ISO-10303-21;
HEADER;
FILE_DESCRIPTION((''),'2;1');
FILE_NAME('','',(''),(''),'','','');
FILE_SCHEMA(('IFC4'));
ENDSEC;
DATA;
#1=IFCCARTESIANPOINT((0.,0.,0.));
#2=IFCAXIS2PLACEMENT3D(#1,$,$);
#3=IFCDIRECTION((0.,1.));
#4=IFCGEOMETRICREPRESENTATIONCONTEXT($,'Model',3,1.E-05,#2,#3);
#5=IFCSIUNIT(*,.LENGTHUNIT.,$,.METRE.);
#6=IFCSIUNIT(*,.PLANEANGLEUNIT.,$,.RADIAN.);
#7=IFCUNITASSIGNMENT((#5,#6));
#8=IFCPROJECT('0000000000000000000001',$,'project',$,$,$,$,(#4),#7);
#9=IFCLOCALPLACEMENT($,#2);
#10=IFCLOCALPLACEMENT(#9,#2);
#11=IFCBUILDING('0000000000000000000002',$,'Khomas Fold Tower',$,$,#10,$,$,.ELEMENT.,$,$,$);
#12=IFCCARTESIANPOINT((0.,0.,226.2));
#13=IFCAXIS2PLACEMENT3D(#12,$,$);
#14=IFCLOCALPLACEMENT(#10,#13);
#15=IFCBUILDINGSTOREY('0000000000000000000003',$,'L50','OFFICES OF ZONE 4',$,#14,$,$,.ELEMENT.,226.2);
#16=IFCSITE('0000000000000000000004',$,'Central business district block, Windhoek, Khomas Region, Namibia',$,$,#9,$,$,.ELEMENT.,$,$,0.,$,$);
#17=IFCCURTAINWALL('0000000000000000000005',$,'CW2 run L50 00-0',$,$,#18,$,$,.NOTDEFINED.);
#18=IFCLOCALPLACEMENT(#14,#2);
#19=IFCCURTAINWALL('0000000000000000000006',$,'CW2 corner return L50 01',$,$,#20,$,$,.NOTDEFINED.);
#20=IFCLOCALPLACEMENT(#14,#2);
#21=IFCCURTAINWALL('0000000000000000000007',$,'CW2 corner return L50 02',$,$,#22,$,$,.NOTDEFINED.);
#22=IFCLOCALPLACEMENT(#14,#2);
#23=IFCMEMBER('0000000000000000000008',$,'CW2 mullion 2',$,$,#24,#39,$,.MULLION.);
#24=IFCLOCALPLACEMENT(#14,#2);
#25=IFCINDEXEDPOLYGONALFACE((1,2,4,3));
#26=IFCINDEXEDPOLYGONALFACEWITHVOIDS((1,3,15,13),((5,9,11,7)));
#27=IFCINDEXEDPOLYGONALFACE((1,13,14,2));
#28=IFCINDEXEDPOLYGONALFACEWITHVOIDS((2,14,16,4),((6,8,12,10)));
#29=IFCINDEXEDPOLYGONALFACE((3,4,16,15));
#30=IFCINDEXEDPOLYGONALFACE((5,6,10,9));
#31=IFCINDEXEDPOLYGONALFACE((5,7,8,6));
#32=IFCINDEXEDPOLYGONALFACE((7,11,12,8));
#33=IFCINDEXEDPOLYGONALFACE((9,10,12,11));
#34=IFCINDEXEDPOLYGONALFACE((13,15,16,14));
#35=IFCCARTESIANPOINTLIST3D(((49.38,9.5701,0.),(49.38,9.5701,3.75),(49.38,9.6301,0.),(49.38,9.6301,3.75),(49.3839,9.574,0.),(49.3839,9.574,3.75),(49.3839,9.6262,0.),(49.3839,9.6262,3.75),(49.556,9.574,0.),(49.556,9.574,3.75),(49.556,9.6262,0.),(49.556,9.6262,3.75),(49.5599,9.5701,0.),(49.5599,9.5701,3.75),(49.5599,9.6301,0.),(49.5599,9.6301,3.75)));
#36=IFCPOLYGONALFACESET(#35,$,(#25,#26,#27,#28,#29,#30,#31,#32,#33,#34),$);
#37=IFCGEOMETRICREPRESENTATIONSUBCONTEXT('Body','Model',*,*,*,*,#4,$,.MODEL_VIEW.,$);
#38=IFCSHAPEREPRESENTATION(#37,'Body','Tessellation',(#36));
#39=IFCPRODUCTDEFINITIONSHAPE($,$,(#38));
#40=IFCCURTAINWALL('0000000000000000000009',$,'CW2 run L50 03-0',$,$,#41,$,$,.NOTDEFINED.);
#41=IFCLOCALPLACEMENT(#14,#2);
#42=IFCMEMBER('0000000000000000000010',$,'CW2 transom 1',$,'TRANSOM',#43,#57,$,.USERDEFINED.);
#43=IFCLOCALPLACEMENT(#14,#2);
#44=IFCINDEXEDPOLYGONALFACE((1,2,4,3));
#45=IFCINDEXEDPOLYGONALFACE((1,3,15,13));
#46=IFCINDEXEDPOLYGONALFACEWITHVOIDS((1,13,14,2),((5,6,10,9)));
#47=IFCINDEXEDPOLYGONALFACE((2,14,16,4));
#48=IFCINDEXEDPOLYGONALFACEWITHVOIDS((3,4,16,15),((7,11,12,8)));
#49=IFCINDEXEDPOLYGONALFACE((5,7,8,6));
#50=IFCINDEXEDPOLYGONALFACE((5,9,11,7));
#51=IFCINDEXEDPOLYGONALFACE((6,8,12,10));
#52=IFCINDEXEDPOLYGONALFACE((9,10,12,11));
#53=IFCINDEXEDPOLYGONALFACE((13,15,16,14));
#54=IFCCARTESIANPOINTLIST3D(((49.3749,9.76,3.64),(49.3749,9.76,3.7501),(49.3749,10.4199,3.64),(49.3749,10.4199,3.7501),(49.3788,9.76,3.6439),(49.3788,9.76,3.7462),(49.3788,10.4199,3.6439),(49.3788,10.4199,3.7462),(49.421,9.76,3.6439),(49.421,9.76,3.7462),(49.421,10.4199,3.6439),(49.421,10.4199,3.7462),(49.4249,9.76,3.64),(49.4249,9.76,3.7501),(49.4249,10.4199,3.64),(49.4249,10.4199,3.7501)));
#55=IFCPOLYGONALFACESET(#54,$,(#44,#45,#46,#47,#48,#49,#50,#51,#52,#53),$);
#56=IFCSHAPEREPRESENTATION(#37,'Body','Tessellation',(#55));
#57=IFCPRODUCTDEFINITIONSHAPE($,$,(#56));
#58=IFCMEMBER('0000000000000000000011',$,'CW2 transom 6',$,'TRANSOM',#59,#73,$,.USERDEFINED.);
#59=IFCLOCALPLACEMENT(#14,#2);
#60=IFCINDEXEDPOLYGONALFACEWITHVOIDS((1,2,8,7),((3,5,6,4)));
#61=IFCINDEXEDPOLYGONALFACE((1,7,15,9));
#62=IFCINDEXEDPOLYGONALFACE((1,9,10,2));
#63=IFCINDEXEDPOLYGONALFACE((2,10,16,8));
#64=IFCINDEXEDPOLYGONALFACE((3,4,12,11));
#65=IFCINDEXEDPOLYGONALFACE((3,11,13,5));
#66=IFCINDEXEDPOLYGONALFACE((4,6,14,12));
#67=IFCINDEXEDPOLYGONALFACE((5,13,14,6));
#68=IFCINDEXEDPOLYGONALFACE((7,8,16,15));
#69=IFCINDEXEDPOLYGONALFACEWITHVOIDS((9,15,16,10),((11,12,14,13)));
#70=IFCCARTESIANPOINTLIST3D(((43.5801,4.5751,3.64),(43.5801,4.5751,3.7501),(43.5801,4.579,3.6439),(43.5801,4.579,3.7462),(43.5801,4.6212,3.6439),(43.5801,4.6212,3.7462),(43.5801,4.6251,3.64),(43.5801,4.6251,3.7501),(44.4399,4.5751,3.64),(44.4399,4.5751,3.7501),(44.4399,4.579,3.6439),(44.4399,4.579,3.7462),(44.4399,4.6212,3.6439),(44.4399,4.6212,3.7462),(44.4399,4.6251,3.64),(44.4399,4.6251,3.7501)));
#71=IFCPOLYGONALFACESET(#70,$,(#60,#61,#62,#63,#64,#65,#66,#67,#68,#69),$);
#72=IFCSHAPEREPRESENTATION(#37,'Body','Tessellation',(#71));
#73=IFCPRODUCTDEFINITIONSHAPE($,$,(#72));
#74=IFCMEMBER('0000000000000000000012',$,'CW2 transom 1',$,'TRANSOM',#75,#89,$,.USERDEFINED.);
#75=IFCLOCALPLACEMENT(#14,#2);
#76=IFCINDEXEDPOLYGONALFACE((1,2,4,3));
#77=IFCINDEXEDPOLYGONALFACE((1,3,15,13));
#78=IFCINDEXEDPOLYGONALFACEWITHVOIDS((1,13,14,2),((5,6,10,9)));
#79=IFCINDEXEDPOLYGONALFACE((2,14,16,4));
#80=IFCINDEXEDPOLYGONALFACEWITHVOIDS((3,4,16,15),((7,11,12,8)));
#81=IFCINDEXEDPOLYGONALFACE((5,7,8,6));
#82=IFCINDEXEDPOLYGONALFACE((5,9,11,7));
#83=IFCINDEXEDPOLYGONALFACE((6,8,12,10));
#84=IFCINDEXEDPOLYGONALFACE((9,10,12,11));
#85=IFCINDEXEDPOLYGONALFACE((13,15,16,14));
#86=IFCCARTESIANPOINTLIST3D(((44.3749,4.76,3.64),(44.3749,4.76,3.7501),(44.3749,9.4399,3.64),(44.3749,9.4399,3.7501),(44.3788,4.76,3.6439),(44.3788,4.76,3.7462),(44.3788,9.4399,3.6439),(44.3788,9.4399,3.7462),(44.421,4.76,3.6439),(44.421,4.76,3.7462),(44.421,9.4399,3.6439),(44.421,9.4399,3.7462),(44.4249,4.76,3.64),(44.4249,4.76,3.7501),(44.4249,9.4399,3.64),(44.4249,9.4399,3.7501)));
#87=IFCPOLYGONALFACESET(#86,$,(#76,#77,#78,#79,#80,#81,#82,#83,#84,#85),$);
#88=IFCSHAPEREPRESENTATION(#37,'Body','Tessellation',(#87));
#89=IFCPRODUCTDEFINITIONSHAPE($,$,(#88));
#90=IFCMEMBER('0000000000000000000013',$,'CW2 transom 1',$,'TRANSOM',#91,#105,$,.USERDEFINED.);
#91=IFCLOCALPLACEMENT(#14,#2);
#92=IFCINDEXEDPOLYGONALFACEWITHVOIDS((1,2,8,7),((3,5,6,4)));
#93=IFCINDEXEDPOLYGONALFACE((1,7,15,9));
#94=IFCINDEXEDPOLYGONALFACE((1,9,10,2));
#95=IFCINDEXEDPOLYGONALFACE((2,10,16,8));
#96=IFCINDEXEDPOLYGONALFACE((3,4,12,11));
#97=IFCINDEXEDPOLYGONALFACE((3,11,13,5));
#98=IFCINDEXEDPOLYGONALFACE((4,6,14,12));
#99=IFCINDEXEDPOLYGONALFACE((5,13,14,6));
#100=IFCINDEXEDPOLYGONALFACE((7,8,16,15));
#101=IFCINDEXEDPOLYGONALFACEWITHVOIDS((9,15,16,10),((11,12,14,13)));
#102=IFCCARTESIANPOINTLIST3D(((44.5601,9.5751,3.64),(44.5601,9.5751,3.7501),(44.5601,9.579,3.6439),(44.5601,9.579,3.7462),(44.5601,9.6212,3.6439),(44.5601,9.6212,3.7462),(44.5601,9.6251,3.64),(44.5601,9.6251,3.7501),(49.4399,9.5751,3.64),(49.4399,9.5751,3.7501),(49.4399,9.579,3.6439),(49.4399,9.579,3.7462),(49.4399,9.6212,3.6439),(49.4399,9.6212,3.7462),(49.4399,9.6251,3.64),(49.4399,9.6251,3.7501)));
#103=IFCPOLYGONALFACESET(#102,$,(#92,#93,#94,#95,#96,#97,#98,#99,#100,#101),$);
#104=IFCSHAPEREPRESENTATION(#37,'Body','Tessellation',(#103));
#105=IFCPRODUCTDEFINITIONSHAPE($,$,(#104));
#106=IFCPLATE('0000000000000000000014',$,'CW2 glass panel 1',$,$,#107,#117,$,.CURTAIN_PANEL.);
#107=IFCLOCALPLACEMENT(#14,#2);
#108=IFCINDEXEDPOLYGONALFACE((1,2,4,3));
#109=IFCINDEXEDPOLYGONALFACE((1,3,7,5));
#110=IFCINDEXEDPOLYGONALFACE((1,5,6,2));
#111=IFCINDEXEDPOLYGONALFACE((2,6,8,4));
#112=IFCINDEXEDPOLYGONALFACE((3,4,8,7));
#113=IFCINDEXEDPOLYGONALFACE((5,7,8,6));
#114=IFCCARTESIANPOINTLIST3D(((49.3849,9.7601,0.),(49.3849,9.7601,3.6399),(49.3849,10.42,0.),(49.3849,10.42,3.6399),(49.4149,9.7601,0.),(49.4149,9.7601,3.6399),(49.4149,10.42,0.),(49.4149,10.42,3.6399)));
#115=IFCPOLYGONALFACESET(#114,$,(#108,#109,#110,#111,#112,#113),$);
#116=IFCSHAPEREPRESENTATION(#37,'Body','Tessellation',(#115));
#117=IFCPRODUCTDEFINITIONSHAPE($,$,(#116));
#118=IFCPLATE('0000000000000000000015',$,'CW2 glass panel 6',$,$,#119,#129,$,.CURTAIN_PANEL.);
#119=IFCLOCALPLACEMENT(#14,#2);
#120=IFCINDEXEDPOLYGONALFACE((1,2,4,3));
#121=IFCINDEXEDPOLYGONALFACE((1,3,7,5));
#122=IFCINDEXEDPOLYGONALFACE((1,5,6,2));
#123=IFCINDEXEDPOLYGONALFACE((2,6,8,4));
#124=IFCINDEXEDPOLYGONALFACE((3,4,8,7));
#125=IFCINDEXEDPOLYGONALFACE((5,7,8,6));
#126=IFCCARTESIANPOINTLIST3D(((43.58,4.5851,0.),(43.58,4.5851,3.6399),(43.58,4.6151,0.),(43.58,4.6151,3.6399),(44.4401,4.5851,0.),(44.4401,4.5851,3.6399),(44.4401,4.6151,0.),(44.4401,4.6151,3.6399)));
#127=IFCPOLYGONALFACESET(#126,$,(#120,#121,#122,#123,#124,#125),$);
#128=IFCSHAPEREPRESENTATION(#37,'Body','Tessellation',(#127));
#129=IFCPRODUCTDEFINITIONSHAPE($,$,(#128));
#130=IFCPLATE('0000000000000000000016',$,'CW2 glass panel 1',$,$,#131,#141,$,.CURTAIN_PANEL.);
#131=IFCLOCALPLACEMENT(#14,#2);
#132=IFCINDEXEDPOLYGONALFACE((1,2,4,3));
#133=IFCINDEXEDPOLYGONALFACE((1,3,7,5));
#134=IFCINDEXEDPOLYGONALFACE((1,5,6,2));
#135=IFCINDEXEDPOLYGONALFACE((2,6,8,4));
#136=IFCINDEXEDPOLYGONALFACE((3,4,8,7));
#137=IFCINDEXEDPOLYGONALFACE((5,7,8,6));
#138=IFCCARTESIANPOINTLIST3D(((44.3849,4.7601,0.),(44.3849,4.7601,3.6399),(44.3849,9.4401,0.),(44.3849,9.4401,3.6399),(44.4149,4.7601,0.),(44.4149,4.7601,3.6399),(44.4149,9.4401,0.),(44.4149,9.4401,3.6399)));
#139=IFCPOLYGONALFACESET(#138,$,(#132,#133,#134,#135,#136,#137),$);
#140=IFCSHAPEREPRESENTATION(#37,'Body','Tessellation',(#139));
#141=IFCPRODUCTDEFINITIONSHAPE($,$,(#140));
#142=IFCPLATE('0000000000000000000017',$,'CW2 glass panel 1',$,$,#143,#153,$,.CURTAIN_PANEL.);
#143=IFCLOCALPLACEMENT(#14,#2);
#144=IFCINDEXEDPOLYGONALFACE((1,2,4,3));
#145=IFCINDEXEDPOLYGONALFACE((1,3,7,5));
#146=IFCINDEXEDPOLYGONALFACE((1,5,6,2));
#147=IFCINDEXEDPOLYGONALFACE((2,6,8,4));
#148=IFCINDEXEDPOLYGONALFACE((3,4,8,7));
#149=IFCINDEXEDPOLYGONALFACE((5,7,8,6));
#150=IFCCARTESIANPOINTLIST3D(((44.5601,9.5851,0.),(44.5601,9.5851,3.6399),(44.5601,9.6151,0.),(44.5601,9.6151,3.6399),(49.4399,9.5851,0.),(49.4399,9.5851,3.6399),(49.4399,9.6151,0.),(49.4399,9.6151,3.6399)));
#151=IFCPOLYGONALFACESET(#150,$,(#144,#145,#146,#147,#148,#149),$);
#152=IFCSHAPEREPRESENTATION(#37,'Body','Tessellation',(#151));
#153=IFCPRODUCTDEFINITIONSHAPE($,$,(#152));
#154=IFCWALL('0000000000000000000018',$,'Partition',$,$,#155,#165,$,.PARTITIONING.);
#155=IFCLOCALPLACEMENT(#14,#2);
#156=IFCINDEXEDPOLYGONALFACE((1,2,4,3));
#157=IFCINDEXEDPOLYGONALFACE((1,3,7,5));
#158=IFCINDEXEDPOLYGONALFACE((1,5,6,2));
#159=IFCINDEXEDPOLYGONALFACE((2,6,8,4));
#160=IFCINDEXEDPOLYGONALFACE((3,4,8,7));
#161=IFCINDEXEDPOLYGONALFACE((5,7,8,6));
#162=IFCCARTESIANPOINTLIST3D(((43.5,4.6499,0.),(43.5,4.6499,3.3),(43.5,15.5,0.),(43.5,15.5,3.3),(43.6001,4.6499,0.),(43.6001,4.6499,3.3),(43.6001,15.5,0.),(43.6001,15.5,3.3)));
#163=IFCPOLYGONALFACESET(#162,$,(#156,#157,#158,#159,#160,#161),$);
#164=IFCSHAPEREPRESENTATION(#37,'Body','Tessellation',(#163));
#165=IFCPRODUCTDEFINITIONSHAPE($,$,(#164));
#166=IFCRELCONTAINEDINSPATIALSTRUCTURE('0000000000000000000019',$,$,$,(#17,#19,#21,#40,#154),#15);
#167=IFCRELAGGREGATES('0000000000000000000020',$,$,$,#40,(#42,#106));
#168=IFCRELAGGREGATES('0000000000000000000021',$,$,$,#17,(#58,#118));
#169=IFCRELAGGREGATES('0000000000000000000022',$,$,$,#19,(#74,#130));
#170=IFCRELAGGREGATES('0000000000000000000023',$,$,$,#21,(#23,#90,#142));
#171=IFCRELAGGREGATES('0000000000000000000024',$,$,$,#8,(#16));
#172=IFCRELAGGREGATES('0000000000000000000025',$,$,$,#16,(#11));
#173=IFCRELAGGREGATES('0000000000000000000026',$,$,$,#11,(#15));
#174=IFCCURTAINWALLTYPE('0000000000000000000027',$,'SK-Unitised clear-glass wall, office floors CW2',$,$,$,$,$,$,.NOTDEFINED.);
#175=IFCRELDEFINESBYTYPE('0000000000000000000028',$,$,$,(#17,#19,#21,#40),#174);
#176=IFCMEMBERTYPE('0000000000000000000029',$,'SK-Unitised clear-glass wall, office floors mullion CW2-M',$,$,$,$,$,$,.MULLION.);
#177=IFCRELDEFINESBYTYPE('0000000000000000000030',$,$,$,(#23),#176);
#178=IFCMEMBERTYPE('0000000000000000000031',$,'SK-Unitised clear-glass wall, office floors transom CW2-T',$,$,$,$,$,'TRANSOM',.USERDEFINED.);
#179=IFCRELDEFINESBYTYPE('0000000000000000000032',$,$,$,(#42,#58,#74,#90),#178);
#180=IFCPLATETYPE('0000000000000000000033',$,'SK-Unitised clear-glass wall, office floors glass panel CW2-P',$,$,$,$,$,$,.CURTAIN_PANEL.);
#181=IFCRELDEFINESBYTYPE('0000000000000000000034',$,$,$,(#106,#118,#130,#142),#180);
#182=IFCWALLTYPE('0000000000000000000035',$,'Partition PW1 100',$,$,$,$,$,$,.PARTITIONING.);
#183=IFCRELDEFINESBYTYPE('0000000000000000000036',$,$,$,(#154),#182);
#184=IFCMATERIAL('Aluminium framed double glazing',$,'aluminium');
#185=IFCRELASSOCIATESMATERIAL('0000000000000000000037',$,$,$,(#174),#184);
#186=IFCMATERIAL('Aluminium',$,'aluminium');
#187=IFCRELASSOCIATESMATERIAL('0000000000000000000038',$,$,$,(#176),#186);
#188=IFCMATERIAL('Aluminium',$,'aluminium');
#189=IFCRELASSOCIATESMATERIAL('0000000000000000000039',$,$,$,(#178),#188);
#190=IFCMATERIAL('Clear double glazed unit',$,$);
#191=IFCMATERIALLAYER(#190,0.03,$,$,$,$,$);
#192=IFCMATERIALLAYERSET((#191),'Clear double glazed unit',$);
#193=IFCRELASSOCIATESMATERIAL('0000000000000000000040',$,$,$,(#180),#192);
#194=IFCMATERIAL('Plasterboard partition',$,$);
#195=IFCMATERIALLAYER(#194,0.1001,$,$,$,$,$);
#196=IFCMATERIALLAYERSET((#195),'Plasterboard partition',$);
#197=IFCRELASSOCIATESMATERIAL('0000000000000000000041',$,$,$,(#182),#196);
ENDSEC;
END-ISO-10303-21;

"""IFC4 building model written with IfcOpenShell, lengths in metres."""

from ifc_helpers import new_model, si_unit, direction, frame, frame_2d, origin, origin_2d, place, context, subcontext, project, spatial, rectangle, hollow_rectangle, extrude, source, transform, mapped, material, layer, layer_set, material_profile, profile_set, type_object, element, aggregate, save


model = new_model("IFC4")

# Units and contexts
model_context = context("Model", 3, precision=1e-05, world=origin(), true_north=direction((0.0, 1.0)))
body_context = subcontext(model_context, "Body", "Model", "MODEL_VIEW")
ifc_project = project(units=[si_unit("LENGTHUNIT", "METRE"), si_unit("PLANEANGLEUNIT", "RADIAN")], contexts=[model_context])

# Site, building, storey
site_placement = place(None, origin())
site = spatial("IfcSite", under=ifc_project, at=site_placement, Name="Central business district block, Windhoek, Khomas Region, Namibia", CompositionType="ELEMENT", RefElevation=0.0)
building_placement = place(site_placement, origin())
building = spatial("IfcBuilding", under=site, at=building_placement, Name="Khomas Fold Tower", CompositionType="ELEMENT")
storey_placement = place(building_placement, frame((0.0, 0.0, 226.2)))
storey = spatial("IfcBuildingStorey", under=building, at=storey_placement, Name="L50", Description="OFFICES OF ZONE 4", CompositionType="ELEMENT", Elevation=226.2)

# Curtain walls, member
ifc_material_1 = material(Name="Aluminium framed double glazing", Category="aluminium")
curtain_wall_type = type_object("IfcCurtainWallType", Name="SK-Unitised clear-glass wall, office floors CW2", PredefinedType="NOTDEFINED", material=ifc_material_1)
curtain_wall_1_placement = place(storey_placement, origin())
curtain_wall_1 = element("IfcCurtainWall", 1, at=curtain_wall_1_placement, inside=storey, type_object=curtain_wall_type, Name="CW2 run L50 00-0", PredefinedType="NOTDEFINED")
ifc_material_2 = material(Name="Aluminium", Category="aluminium")
ifc_material_profile_1 = material_profile(ifc_material_2, hollow_rectangle(XDim=0.0601, YDim=0.1799, WallThickness=0.0039, at=origin_2d()), Name="SK-Unitised clear-glass wall, office floors mullion CW2-M")
ifc_profile_set_1 = profile_set([ifc_material_profile_1], Name="Aluminium")
member_type_1 = type_object("IfcMemberType", Name="SK-Unitised clear-glass wall, office floors mullion CW2-M", PredefinedType="MULLION", material=ifc_profile_set_1)
shared_shape_1 = source(origin(), body_context, "Body", "SweptSolid", [
    extrude(hollow_rectangle(XDim=0.0601, YDim=0.1799, WallThickness=0.0039, at=origin_2d()), origin(), (0.0, 0.0, 1.0), 3.75),
])
curtain_wall_2_placement = place(storey_placement, origin())
curtain_wall_2 = element("IfcCurtainWall", 2, at=curtain_wall_2_placement, inside=storey, type_object=curtain_wall_type, Name="CW2 corner return L50 01", PredefinedType="NOTDEFINED")
curtain_wall_3_placement = place(storey_placement, origin())
curtain_wall_3 = element("IfcCurtainWall", 3, at=curtain_wall_3_placement, inside=storey, type_object=curtain_wall_type, Name="CW2 corner return L50 02", PredefinedType="NOTDEFINED")
member_1_placement = place(storey_placement, frame((49.47, 9.6001, 0.0), z_axis=(0.0, 0.0, 1.0), x_axis=(0.0, 1.0, 0.0)))
member_1 = element("IfcMember", 4, at=member_1_placement, type_object=member_type_1, Name="CW2 mullion 2", PredefinedType="MULLION", context=body_context, shape_type="MappedRepresentation", body=[
    mapped(shared_shape_1, transform((0.0, 0.0, 0.0))),
])

# Curtain wall, member
curtain_wall_4_placement = place(storey_placement, origin())
curtain_wall_4 = element("IfcCurtainWall", 5, at=curtain_wall_4_placement, inside=storey, type_object=curtain_wall_type, Name="CW2 run L50 03-0", PredefinedType="NOTDEFINED")
ifc_material_3 = material(Name="Aluminium", Category="aluminium")
ifc_material_profile_2 = material_profile(ifc_material_3, hollow_rectangle(XDim=0.05, YDim=0.1101, WallThickness=0.0039, at=origin_2d()), Name="SK-Unitised clear-glass wall, office floors transom CW2-T")
ifc_profile_set_2 = profile_set([ifc_material_profile_2], Name="Aluminium")
member_type_2 = type_object("IfcMemberType", Name="SK-Unitised clear-glass wall, office floors transom CW2-T", ElementType="TRANSOM", PredefinedType="USERDEFINED", material=ifc_profile_set_2)
shared_shape_2 = source(origin(), body_context, "Body", "SweptSolid", [
    extrude(hollow_rectangle(XDim=0.05, YDim=0.1101, WallThickness=0.0039, at=origin_2d()), origin(), (0.0, 0.0, 1.0), 0.6599),
])
member_2_placement = place(storey_placement, frame((49.3999, 9.76, 3.6951), z_axis=(0.0, 1.0, 0.0), x_axis=(-1.0, 0.0, 0.0)))
member_2 = element("IfcMember", 6, at=member_2_placement, type_object=member_type_2, Name="CW2 transom 1", ObjectType="TRANSOM", PredefinedType="USERDEFINED", context=body_context, shape_type="MappedRepresentation", body=[
    mapped(shared_shape_2, transform((0.0, 0.0, 0.0))),
])

# Members
shared_shape_3 = source(origin(), body_context, "Body", "SweptSolid", [
    extrude(hollow_rectangle(XDim=0.05, YDim=0.1101, WallThickness=0.0039, at=origin_2d()), origin(), (0.0, 0.0, 1.0), 0.8599),
])
member_3_placement = place(storey_placement, frame((43.5801, 4.6001, 3.6951), z_axis=(1.0, 0.0, 0.0), x_axis=(0.0, 1.0, 0.0)))
member_3 = element("IfcMember", 7, at=member_3_placement, type_object=member_type_2, Name="CW2 transom 6", ObjectType="TRANSOM", PredefinedType="USERDEFINED", context=body_context, shape_type="MappedRepresentation", body=[
    mapped(shared_shape_3, transform((0.0, 0.0, 0.0))),
])
shared_shape_4 = source(origin(), body_context, "Body", "SweptSolid", [
    extrude(hollow_rectangle(XDim=0.05, YDim=0.1101, WallThickness=0.0039, at=origin_2d()), origin(), (0.0, 0.0, 1.0), 4.6799),
])
member_4_placement = place(storey_placement, frame((44.3999, 4.76, 3.6951), z_axis=(0.0, 1.0, 0.0), x_axis=(-1.0, 0.0, 0.0)))
member_4 = element("IfcMember", 8, at=member_4_placement, type_object=member_type_2, Name="CW2 transom 1", ObjectType="TRANSOM", PredefinedType="USERDEFINED", context=body_context, shape_type="MappedRepresentation", body=[
    mapped(shared_shape_4, transform((0.0, 0.0, 0.0))),
])
shared_shape_5 = source(origin(), body_context, "Body", "SweptSolid", [
    extrude(hollow_rectangle(XDim=0.05, YDim=0.1101, WallThickness=0.0039, at=origin_2d()), origin(), (0.0, 0.0, 1.0), 4.8799),
])
member_5_placement = place(storey_placement, frame((44.5601, 9.6001, 3.6951), z_axis=(1.0, 0.0, 0.0), x_axis=(0.0, 1.0, 0.0)))
member_5 = element("IfcMember", 9, at=member_5_placement, type_object=member_type_2, Name="CW2 transom 1", ObjectType="TRANSOM", PredefinedType="USERDEFINED", context=body_context, shape_type="MappedRepresentation", body=[
    mapped(shared_shape_5, transform((0.0, 0.0, 0.0))),
])

# Plates
ifc_material_4 = material(Name="Clear double glazed unit")
ifc_layer_1 = layer(ifc_material_4, 0.03)
ifc_layer_set_1 = layer_set([ifc_layer_1], Name="Clear double glazed unit")
plate_type = type_object("IfcPlateType", Name="SK-Unitised clear-glass wall, office floors glass panel CW2-P", PredefinedType="CURTAIN_PANEL", material=ifc_layer_set_1)
shared_shape_6 = source(origin(), body_context, "Body", "SweptSolid", [
    extrude(rectangle(XDim=0.6599, YDim=0.03, at=origin_2d()), origin(), (0.0, 0.0, 1.0), 3.6399),
])
plate_1_placement = place(storey_placement, frame((49.3999, 10.0901, 0.0), z_axis=(0.0, 0.0, 1.0), x_axis=(0.0, 1.0, 0.0)))
plate_1 = element("IfcPlate", 10, at=plate_1_placement, type_object=plate_type, Name="CW2 glass panel 1", PredefinedType="CURTAIN_PANEL", context=body_context, shape_type="MappedRepresentation", body=[
    mapped(shared_shape_6, transform((0.0, 0.0, 0.0))),
])
aggregate(curtain_wall_4, [member_2, plate_1])
shared_shape_7 = source(origin(), body_context, "Body", "SweptSolid", [
    extrude(rectangle(XDim=0.8601, YDim=0.03, at=origin_2d()), origin(), (0.0, 0.0, 1.0), 3.6399),
])
plate_2_placement = place(storey_placement, frame((44.01, 4.6001, 0.0), z_axis=(0.0, 0.0, 1.0), x_axis=(1.0, 0.0, 0.0)))
plate_2 = element("IfcPlate", 11, at=plate_2_placement, type_object=plate_type, Name="CW2 glass panel 6", PredefinedType="CURTAIN_PANEL", context=body_context, shape_type="MappedRepresentation", body=[
    mapped(shared_shape_7, transform((0.0, 0.0, 0.0))),
])
aggregate(curtain_wall_1, [member_3, plate_2])
shared_shape_8 = source(origin(), body_context, "Body", "SweptSolid", [
    extrude(rectangle(XDim=4.6799, YDim=0.03, at=origin_2d()), origin(), (0.0, 0.0, 1.0), 3.6399),
])
plate_3_placement = place(storey_placement, frame((44.3999, 7.1001, 0.0), z_axis=(0.0, 0.0, 1.0), x_axis=(0.0, 1.0, 0.0)))
plate_3 = element("IfcPlate", 12, at=plate_3_placement, type_object=plate_type, Name="CW2 glass panel 1", PredefinedType="CURTAIN_PANEL", context=body_context, shape_type="MappedRepresentation", body=[
    mapped(shared_shape_8, transform((0.0, 0.0, 0.0))),
])
aggregate(curtain_wall_2, [member_4, plate_3])
shared_shape_9 = source(origin(), body_context, "Body", "SweptSolid", [
    extrude(rectangle(XDim=4.8799, YDim=0.03, at=origin_2d()), origin(), (0.0, 0.0, 1.0), 3.6399),
])
plate_4_placement = place(storey_placement, frame((47.0, 9.6001, 0.0), z_axis=(0.0, 0.0, 1.0), x_axis=(1.0, 0.0, 0.0)))
plate_4 = element("IfcPlate", 13, at=plate_4_placement, type_object=plate_type, Name="CW2 glass panel 1", PredefinedType="CURTAIN_PANEL", context=body_context, shape_type="MappedRepresentation", body=[
    mapped(shared_shape_9, transform((0.0, 0.0, 0.0))),
])
aggregate(curtain_wall_3, [member_1, member_5, plate_4])

# Wall
ifc_material_5 = material(Name="Plasterboard partition")
ifc_layer_2 = layer(ifc_material_5, 0.1001)
ifc_layer_set_2 = layer_set([ifc_layer_2], Name="Plasterboard partition")
wall_type = type_object("IfcWallType", Name="Partition PW1 100", PredefinedType="PARTITIONING", material=ifc_layer_set_2)
shared_shape_10 = source(origin(), body_context, "Body", "SweptSolid", [
    extrude(rectangle(XDim=10.8501, YDim=0.1001, at=frame_2d((5.425, 0.0))), origin(), (0.0, 0.0, 1.0), 3.3),
])
wall_placement = place(storey_placement, frame((43.55, 4.6499, 0.0), z_axis=(0.0, 0.0, 1.0), x_axis=(0.0, 1.0, 0.0)))
element("IfcWall", 14, at=wall_placement, inside=storey, type_object=wall_type, Name="Partition", PredefinedType="PARTITIONING", context=body_context, shape_type="MappedRepresentation", body=[
    mapped(shared_shape_10, transform((0.0, 0.0, 0.0))),
])

save(model, "model.ifc")
